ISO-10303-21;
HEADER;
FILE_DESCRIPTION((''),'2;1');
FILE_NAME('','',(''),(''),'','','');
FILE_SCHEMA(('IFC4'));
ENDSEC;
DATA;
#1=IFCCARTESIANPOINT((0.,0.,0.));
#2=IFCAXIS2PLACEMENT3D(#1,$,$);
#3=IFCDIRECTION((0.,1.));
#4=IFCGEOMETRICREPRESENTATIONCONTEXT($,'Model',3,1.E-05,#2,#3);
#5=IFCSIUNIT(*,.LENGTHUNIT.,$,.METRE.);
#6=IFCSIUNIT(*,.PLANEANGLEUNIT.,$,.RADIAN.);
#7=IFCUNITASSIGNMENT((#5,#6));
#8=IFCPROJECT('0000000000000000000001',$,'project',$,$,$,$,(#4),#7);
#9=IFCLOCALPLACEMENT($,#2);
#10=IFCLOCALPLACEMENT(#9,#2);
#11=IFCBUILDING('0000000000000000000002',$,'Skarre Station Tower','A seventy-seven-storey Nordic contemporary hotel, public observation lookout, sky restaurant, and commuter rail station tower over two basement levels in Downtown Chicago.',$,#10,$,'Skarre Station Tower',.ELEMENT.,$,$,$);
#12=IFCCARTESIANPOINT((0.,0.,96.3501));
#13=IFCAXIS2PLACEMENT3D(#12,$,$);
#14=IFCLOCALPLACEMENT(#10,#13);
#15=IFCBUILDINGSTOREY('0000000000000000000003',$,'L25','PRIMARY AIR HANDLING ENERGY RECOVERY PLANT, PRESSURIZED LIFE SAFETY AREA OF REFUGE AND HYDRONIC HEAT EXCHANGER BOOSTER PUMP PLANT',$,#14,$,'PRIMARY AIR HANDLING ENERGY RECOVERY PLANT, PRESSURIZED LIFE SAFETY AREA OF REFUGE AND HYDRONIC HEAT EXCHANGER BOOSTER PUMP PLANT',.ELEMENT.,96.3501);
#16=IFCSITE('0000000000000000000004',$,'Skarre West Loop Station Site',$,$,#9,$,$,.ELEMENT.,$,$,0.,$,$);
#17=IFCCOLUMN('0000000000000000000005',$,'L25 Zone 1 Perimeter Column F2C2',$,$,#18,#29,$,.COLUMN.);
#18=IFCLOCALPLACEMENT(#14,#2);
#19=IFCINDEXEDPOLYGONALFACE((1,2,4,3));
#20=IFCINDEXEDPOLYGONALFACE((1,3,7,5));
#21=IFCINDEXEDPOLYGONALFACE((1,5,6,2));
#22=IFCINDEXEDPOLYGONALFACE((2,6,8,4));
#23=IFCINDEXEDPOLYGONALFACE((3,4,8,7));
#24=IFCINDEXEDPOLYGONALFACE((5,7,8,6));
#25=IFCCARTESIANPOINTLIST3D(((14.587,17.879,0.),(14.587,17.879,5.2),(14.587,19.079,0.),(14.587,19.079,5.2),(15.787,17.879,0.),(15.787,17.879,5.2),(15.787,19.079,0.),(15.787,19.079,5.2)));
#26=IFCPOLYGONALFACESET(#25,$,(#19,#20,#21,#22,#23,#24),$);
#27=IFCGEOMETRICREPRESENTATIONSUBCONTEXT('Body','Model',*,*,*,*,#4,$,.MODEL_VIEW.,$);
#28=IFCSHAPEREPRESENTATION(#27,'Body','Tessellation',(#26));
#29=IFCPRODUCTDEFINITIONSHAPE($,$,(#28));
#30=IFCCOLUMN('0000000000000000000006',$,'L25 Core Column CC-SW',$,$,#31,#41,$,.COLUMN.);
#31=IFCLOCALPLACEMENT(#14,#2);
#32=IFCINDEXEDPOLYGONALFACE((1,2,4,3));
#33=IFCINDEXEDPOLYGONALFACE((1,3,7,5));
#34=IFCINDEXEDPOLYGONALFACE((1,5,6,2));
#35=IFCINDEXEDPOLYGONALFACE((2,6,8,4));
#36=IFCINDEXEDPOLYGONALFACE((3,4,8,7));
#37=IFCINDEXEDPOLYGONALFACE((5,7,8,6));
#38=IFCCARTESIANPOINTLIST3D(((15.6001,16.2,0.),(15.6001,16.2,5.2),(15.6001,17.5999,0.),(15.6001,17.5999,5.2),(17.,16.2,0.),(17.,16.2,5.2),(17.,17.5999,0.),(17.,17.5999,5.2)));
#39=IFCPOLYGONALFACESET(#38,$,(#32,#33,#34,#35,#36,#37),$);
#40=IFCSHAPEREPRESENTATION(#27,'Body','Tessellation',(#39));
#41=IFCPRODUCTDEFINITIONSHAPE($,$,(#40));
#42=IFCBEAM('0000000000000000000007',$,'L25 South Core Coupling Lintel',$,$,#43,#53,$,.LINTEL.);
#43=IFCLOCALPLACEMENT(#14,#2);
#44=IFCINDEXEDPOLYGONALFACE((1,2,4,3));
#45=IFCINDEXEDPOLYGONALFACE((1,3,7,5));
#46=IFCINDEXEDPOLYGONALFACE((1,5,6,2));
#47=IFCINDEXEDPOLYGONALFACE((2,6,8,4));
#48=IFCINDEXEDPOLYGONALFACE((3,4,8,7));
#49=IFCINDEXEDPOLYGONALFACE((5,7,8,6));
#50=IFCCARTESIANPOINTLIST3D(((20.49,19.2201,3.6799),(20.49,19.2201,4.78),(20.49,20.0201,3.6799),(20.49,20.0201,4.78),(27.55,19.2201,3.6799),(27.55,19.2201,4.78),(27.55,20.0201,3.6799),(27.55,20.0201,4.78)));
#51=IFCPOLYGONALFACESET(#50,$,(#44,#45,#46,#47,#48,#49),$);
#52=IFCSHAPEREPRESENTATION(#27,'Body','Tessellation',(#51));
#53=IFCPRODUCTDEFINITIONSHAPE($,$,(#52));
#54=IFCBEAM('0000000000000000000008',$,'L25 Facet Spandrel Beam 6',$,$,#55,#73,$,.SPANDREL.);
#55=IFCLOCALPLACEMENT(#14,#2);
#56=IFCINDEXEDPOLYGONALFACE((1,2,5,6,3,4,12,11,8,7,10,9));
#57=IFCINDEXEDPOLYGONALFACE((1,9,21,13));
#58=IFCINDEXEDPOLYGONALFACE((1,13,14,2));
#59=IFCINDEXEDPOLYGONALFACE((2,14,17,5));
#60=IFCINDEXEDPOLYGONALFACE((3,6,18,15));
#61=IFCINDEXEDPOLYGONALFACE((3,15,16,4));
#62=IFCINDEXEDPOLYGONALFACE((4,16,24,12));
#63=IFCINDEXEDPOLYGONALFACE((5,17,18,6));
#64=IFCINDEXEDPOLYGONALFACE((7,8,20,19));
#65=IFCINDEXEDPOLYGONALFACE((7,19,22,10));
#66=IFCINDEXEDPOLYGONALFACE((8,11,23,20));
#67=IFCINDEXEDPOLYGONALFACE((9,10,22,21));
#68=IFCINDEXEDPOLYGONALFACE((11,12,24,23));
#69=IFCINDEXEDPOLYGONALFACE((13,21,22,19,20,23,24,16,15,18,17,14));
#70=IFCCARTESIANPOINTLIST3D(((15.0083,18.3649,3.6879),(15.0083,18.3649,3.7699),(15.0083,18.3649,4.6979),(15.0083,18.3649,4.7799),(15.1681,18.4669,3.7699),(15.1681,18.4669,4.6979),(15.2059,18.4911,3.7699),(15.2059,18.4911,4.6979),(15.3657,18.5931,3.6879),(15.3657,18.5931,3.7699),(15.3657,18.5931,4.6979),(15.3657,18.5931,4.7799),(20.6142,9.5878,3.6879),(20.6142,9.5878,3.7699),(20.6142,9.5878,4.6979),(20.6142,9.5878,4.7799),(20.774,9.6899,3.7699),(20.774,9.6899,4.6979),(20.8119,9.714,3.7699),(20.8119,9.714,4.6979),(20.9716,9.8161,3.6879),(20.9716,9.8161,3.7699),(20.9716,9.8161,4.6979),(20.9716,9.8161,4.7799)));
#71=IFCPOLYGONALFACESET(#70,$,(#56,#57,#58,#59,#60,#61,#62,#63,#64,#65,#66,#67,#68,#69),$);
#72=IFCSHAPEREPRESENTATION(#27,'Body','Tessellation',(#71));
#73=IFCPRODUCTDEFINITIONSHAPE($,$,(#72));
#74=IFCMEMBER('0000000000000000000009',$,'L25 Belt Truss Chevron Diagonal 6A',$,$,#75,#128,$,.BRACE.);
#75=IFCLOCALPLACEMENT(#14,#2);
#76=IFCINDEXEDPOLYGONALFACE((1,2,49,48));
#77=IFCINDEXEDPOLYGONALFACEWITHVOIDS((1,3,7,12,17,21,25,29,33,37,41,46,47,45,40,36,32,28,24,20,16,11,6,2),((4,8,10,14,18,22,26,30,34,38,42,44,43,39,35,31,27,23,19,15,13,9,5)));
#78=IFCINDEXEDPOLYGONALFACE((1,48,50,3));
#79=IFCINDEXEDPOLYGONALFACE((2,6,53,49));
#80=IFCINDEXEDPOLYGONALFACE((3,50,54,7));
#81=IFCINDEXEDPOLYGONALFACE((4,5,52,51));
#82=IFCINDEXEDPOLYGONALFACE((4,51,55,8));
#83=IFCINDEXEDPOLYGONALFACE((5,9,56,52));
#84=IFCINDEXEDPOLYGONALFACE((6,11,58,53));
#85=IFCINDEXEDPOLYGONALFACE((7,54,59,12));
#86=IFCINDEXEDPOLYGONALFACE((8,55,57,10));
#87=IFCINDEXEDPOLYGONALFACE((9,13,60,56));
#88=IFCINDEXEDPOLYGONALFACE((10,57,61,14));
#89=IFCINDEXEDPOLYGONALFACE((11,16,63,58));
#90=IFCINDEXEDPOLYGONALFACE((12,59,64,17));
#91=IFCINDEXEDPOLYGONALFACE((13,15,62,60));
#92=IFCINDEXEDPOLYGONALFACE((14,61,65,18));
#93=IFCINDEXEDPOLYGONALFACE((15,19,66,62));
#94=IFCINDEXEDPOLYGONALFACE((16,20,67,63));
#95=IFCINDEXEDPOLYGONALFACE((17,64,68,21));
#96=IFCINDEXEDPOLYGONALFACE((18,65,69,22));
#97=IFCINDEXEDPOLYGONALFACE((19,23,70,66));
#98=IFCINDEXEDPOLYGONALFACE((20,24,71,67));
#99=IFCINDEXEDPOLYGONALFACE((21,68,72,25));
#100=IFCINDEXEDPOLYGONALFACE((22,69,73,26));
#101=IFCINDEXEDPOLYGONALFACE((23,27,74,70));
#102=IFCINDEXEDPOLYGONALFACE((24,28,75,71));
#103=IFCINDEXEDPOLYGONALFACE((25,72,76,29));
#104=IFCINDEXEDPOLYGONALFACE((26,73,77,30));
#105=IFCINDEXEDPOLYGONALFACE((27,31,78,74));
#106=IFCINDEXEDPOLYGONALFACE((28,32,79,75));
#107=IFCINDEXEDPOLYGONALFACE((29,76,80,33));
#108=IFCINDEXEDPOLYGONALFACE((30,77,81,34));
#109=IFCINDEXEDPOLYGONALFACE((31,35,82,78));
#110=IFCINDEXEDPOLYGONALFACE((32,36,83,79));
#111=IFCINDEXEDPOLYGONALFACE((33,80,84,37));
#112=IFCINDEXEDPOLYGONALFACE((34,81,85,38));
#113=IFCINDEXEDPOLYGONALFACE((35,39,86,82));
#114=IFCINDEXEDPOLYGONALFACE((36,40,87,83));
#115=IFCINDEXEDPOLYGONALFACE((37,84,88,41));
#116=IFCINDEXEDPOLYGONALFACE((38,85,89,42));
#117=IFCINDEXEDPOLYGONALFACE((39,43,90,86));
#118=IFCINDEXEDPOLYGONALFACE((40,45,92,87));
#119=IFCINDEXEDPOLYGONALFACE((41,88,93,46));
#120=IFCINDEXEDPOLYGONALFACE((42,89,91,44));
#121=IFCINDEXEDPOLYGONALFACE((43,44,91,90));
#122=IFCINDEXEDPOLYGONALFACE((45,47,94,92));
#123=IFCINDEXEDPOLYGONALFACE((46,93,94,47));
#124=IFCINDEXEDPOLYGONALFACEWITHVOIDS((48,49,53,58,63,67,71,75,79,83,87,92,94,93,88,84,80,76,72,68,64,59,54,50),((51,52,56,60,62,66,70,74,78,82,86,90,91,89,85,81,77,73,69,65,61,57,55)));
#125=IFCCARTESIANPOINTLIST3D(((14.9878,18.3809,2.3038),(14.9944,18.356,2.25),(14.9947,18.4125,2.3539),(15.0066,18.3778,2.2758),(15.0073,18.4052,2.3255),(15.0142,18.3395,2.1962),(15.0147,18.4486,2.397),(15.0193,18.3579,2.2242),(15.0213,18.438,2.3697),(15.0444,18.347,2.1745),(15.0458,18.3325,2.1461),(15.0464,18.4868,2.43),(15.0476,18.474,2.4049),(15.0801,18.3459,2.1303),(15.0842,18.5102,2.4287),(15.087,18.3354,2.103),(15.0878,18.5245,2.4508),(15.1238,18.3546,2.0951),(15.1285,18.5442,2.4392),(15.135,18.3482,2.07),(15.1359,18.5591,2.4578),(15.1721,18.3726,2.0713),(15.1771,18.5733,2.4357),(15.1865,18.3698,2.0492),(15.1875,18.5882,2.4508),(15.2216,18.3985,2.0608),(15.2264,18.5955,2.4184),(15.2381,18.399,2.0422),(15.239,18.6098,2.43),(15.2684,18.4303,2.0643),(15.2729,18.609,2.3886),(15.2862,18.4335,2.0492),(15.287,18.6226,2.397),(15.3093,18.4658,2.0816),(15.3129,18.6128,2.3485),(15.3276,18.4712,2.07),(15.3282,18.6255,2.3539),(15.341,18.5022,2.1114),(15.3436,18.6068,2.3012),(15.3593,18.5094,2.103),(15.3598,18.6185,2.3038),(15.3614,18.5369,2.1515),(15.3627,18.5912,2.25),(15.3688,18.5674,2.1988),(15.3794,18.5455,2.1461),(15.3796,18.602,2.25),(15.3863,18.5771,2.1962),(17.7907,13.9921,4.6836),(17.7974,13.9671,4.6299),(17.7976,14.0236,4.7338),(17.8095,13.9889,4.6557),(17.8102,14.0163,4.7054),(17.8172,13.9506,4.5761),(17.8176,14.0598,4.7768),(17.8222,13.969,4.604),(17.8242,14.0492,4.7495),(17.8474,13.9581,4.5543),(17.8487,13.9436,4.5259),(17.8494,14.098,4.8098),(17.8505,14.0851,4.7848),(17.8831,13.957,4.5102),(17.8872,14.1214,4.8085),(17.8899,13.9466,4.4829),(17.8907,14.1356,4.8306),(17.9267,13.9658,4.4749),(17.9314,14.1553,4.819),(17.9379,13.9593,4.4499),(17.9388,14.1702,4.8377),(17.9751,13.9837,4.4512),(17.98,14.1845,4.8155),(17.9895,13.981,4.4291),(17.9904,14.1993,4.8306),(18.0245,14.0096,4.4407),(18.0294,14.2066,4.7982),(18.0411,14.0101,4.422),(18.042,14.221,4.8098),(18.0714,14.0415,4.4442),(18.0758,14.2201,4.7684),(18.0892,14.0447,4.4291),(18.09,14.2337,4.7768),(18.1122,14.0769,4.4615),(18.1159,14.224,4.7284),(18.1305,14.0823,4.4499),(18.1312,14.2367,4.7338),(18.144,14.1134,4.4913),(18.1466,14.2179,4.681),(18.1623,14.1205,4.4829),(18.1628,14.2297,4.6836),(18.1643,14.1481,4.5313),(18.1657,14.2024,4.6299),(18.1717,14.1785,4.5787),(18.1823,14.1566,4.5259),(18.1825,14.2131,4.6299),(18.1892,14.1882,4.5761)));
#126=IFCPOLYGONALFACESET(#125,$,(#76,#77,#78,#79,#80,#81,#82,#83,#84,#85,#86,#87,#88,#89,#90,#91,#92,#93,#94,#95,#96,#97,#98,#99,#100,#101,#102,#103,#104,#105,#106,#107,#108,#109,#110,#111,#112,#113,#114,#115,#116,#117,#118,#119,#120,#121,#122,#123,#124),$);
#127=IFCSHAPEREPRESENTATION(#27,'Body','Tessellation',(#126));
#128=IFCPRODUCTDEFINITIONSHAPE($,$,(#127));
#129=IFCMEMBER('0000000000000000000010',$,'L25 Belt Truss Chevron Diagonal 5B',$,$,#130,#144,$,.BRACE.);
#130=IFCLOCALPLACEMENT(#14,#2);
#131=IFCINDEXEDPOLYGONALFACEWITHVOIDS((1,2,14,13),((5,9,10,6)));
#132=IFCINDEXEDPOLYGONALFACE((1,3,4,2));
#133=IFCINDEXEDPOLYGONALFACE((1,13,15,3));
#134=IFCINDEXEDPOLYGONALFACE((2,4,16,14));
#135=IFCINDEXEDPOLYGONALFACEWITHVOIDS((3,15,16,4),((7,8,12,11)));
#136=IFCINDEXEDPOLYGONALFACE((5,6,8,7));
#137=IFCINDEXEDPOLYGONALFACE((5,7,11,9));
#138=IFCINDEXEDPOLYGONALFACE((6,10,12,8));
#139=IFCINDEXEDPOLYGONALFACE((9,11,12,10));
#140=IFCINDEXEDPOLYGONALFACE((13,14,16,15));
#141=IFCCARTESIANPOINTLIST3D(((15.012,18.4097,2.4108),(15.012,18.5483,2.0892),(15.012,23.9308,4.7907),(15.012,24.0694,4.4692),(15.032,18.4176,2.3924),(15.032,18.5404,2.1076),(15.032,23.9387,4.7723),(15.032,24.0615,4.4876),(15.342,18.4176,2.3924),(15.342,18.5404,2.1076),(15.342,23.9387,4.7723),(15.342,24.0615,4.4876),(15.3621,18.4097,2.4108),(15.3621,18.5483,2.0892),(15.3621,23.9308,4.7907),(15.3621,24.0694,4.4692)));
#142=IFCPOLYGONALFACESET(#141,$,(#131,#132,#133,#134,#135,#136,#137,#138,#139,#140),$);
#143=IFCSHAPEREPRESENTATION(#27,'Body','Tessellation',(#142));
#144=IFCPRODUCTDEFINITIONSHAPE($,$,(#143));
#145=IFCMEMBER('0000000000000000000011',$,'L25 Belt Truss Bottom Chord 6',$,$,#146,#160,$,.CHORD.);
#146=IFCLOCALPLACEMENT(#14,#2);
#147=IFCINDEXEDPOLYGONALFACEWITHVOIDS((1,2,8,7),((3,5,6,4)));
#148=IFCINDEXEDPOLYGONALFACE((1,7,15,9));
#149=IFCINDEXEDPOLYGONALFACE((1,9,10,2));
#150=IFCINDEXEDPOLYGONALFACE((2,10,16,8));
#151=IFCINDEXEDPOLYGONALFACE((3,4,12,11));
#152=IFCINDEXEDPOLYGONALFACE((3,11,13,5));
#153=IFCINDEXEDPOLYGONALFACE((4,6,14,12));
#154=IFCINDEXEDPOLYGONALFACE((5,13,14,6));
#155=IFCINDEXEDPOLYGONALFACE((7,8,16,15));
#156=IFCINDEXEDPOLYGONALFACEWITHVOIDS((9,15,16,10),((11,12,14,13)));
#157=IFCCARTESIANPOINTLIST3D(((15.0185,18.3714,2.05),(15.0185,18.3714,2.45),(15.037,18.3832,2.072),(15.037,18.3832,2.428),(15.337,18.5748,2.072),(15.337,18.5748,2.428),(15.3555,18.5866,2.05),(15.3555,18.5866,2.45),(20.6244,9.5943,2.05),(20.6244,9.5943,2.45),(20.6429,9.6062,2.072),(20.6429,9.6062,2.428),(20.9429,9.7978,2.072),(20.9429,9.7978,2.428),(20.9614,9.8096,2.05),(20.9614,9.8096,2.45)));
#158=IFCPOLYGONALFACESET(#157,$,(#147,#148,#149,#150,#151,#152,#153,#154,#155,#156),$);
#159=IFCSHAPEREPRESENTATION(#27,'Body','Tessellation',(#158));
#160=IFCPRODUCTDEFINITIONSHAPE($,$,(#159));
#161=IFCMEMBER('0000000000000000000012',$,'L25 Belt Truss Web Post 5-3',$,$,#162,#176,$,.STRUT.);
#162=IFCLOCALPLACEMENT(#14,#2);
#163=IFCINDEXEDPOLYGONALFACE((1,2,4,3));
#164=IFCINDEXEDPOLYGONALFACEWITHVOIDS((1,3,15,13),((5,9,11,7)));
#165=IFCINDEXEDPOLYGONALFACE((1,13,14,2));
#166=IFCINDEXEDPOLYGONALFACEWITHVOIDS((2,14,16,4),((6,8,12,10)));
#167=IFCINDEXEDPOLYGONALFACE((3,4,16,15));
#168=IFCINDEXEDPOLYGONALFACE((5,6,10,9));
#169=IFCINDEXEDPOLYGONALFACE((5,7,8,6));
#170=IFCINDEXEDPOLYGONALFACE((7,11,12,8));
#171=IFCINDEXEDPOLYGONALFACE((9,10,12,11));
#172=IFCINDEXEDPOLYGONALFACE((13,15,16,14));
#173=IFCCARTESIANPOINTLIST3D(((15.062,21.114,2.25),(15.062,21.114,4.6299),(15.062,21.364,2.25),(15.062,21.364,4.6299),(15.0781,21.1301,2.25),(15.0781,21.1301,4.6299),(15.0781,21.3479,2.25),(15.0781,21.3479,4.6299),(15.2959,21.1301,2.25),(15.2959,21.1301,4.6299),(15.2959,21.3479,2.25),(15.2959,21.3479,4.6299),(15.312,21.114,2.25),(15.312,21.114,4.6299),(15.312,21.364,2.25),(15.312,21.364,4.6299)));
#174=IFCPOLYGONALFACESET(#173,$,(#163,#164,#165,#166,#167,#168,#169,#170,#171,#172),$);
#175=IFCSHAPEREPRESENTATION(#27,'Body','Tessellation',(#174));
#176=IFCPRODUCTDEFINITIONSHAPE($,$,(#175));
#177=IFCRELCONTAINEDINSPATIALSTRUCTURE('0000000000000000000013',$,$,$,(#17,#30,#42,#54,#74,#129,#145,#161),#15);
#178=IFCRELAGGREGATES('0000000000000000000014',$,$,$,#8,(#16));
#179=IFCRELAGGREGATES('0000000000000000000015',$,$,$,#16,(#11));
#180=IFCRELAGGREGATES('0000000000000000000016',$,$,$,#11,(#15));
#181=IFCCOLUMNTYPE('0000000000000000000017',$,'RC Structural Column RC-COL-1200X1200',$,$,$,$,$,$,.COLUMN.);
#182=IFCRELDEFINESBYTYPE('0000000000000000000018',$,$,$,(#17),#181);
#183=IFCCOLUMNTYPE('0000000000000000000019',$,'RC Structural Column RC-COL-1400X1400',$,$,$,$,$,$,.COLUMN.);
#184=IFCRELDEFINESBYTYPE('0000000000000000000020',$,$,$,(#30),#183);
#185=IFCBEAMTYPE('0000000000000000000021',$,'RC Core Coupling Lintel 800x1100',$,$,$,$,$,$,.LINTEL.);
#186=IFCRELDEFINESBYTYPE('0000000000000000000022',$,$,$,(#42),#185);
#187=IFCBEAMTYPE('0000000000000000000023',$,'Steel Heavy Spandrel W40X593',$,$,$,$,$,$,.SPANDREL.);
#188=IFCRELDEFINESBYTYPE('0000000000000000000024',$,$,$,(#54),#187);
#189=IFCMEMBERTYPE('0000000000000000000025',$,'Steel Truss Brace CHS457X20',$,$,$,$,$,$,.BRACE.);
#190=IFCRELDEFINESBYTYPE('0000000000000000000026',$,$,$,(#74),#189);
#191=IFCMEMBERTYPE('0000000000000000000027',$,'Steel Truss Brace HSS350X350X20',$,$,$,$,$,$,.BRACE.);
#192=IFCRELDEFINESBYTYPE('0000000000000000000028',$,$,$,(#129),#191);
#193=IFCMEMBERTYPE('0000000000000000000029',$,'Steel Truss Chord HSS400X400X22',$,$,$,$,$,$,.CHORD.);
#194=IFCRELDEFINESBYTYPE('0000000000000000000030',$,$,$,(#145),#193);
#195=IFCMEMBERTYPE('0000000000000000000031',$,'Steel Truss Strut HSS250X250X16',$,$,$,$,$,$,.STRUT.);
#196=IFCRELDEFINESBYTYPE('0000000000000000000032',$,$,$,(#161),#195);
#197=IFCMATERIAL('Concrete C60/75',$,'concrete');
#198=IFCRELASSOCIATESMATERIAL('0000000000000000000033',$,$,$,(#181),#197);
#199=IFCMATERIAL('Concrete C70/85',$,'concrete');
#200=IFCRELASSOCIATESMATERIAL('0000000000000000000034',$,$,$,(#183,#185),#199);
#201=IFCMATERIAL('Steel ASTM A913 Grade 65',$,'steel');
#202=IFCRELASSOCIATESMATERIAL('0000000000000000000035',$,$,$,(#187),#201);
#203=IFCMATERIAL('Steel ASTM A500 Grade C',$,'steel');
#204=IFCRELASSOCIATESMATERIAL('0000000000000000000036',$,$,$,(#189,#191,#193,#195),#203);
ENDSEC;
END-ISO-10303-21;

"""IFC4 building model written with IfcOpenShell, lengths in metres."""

from ifc_helpers import new_model, si_unit, direction, frame, origin, origin_2d, place, context, subcontext, project, spatial, rectangle, hollow_rectangle, hollow_circle, i_section, extrude, material, material_profile, profile_set, type_object, element, save


model = new_model("IFC4")

# Units and contexts
model_context = context("Model", 3, precision=1e-05, world=origin(), true_north=direction((0.0, 1.0)))
body_context = subcontext(model_context, "Body", "Model", "MODEL_VIEW")
ifc_project = project(units=[si_unit("LENGTHUNIT", "METRE"), si_unit("PLANEANGLEUNIT", "RADIAN")], contexts=[model_context])

# Site, building, storey
site_placement = place(None, origin())
site = spatial("IfcSite", under=ifc_project, at=site_placement, Name="Skarre West Loop Station Site", CompositionType="ELEMENT", RefElevation=0.0)
building_placement = place(site_placement, origin())
building = spatial("IfcBuilding", under=site, at=building_placement, Name="Skarre Station Tower", Description="A seventy-seven-storey Nordic contemporary hotel, public observation lookout, sky restaurant, and commuter rail station tower over two basement levels in Downtown Chicago.", LongName="Skarre Station Tower", CompositionType="ELEMENT")
storey_placement = place(building_placement, frame((0.0, 0.0, 96.3501)))
storey = spatial("IfcBuildingStorey", under=building, at=storey_placement, Name="L25", Description="PRIMARY AIR HANDLING ENERGY RECOVERY PLANT, PRESSURIZED LIFE SAFETY AREA OF REFUGE AND HYDRONIC HEAT EXCHANGER BOOSTER PUMP PLANT", LongName="PRIMARY AIR HANDLING ENERGY RECOVERY PLANT, PRESSURIZED LIFE SAFETY AREA OF REFUGE AND HYDRONIC HEAT EXCHANGER BOOSTER PUMP PLANT", CompositionType="ELEMENT", Elevation=96.3501)

# Columns
ifc_material_1 = material(Name="Concrete C60/75", Category="concrete")
ifc_material_profile_1 = material_profile(ifc_material_1, rectangle(XDim=1.2, YDim=1.2, at=origin_2d()), Name="Concrete C60/75")
ifc_profile_set_1 = profile_set([ifc_material_profile_1], Name="Concrete C60/75")
column_type_1 = type_object("IfcColumnType", Name="RC Structural Column RC-COL-1200X1200", PredefinedType="COLUMN", material=ifc_profile_set_1)
column_1_placement = place(storey_placement, frame((15.187, 18.479, 0.0), z_axis=(0.0, 0.0, 1.0), x_axis=(1.0, 0.0, 0.0)))
element("IfcColumn", 1, at=column_1_placement, inside=storey, type_object=column_type_1, Name="L25 Zone 1 Perimeter Column F2C2", PredefinedType="COLUMN", context=body_context, shape_type="SweptSolid", body=[
    extrude(rectangle(XDim=1.2, YDim=1.2, at=origin_2d()), origin(), (0.0, 0.0, 1.0), 5.2),
])
ifc_material_2 = material(Name="Concrete C70/85", Category="concrete")
ifc_material_profile_2 = material_profile(ifc_material_2, rectangle(XDim=1.3999, YDim=1.3999, at=origin_2d()), Name="Concrete C70/85")
ifc_profile_set_2 = profile_set([ifc_material_profile_2], Name="Concrete C70/85")
column_type_2 = type_object("IfcColumnType", Name="RC Structural Column RC-COL-1400X1400", PredefinedType="COLUMN", material=ifc_profile_set_2)
column_2_placement = place(storey_placement, frame((16.3, 16.8999, 0.0), z_axis=(0.0, 0.0, 1.0), x_axis=(1.0, 0.0, 0.0)))
element("IfcColumn", 2, at=column_2_placement, inside=storey, type_object=column_type_2, Name="L25 Core Column CC-SW", PredefinedType="COLUMN", context=body_context, shape_type="SweptSolid", body=[
    extrude(rectangle(XDim=1.3999, YDim=1.3999, at=origin_2d()), origin(), (0.0, 0.0, 1.0), 5.2),
])

# Beams
ifc_material_profile_3 = material_profile(ifc_material_2, rectangle(XDim=0.8, YDim=1.1001, at=origin_2d()), Name="Concrete C70/85")
ifc_profile_set_3 = profile_set([ifc_material_profile_3], Name="Concrete C70/85")
beam_type_1 = type_object("IfcBeamType", Name="RC Core Coupling Lintel 800x1100", PredefinedType="LINTEL", material=ifc_profile_set_3)
beam_1_placement = place(storey_placement, frame((20.49, 19.6201, 4.23), z_axis=(1.0, 0.0, 0.0), x_axis=(0.0, 1.0, 0.0)))
element("IfcBeam", 3, at=beam_1_placement, inside=storey, type_object=beam_type_1, Name="L25 South Core Coupling Lintel", PredefinedType="LINTEL", context=body_context, shape_type="SweptSolid", body=[
    extrude(rectangle(XDim=0.8, YDim=1.1001, at=origin_2d()), origin(), (0.0, 0.0, 1.0), 7.0601),
])
ifc_material_3 = material(Name="Steel ASTM A913 Grade 65", Category="steel")
ifc_material_profile_4 = material_profile(ifc_material_3, i_section(OverallWidth=0.4241, OverallDepth=1.092, WebThickness=0.0449, FlangeThickness=0.082, at=origin_2d()), Name="Steel ASTM A913 Grade 65")
ifc_profile_set_4 = profile_set([ifc_material_profile_4], Name="Steel ASTM A913 Grade 65")
beam_type_2 = type_object("IfcBeamType", Name="Steel Heavy Spandrel W40X593", PredefinedType="SPANDREL", material=ifc_profile_set_4)
beam_2_placement = place(storey_placement, frame((15.187, 18.479, 4.2339), z_axis=(0.538278, -0.842767, 0.0), x_axis=(0.842767, 0.538278, 0.0)))
element("IfcBeam", 4, at=beam_2_placement, inside=storey, type_object=beam_type_2, Name="L25 Facet Spandrel Beam 6", PredefinedType="SPANDREL", context=body_context, shape_type="SweptSolid", body=[
    extrude(i_section(OverallWidth=0.4241, OverallDepth=1.092, WebThickness=0.0449, FlangeThickness=0.082, at=origin_2d()), origin(), (0.0, 0.0, 1.0), 10.4146),
])

# Members
ifc_material_4 = material(Name="Steel ASTM A500 Grade C", Category="steel")
ifc_material_profile_5 = material_profile(ifc_material_4, hollow_circle(Radius=0.2285, WallThickness=0.02, at=origin_2d()), Name="Steel ASTM A500 Grade C")
ifc_profile_set_5 = profile_set([ifc_material_profile_5], Name="Steel ASTM A500 Grade C")
member_type_1 = type_object("IfcMemberType", Name="Steel Truss Brace CHS457X20", PredefinedType="BRACE", material=ifc_profile_set_5)
member_1_placement = place(storey_placement, frame((15.187, 18.479, 2.25), z_axis=(0.489547, -0.766535, 0.415653), x_axis=(0.842788, 0.538246, 0.0)))
element("IfcMember", 5, at=member_1_placement, inside=storey, type_object=member_type_1, Name="L25 Belt Truss Chevron Diagonal 6A", PredefinedType="BRACE", context=body_context, shape_type="SweptSolid", body=[
    extrude(hollow_circle(Radius=0.2285, WallThickness=0.02, at=origin_2d()), origin(), (0.0, 0.0, 1.0), 5.7256),
])
ifc_material_profile_6 = material_profile(ifc_material_4, hollow_rectangle(XDim=0.3501, YDim=0.3501, WallThickness=0.02, at=origin_2d()), Name="Steel ASTM A500 Grade C")
ifc_profile_set_6 = profile_set([ifc_material_profile_6], Name="Steel ASTM A500 Grade C")
member_type_2 = type_object("IfcMemberType", Name="Steel Truss Brace HSS350X350X20", PredefinedType="BRACE", material=ifc_profile_set_6)
member_2_placement = place(storey_placement, frame((15.187, 18.479, 2.25), z_axis=(0.0, 0.918315, 0.395849), x_axis=(-1.0, 0.0, 0.0)))
element("IfcMember", 6, at=member_2_placement, inside=storey, type_object=member_type_2, Name="L25 Belt Truss Chevron Diagonal 5B", PredefinedType="BRACE", context=body_context, shape_type="SweptSolid", body=[
    extrude(hollow_rectangle(XDim=0.3501, YDim=0.3501, WallThickness=0.02, at=origin_2d()), origin(), (0.0, 0.0, 1.0), 6.0122),
])
ifc_material_profile_7 = material_profile(ifc_material_4, hollow_rectangle(XDim=0.3999, YDim=0.3999, WallThickness=0.022, at=origin_2d()), Name="Steel ASTM A500 Grade C")
ifc_profile_set_7 = profile_set([ifc_material_profile_7], Name="Steel ASTM A500 Grade C")
member_type_3 = type_object("IfcMemberType", Name="Steel Truss Chord HSS400X400X22", PredefinedType="CHORD", material=ifc_profile_set_7)
member_3_placement = place(storey_placement, frame((15.187, 18.479, 2.25), z_axis=(0.538278, -0.842767, 0.0), x_axis=(0.842767, 0.538278, 0.0)))
element("IfcMember", 7, at=member_3_placement, inside=storey, type_object=member_type_3, Name="L25 Belt Truss Bottom Chord 6", PredefinedType="CHORD", context=body_context, shape_type="SweptSolid", body=[
    extrude(hollow_rectangle(XDim=0.3999, YDim=0.3999, WallThickness=0.022, at=origin_2d()), origin(), (0.0, 0.0, 1.0), 10.4146),
])
ifc_material_profile_8 = material_profile(ifc_material_4, hollow_rectangle(XDim=0.25, YDim=0.25, WallThickness=0.0161, at=origin_2d()), Name="Steel ASTM A500 Grade C")
ifc_profile_set_8 = profile_set([ifc_material_profile_8], Name="Steel ASTM A500 Grade C")
member_type_4 = type_object("IfcMemberType", Name="Steel Truss Strut HSS250X250X16", PredefinedType="STRUT", material=ifc_profile_set_8)
member_4_placement = place(storey_placement, frame((15.187, 21.239, 2.25), z_axis=(0.0, 0.0, 1.0), x_axis=(1.0, 0.0, 0.0)))
element("IfcMember", 8, at=member_4_placement, inside=storey, type_object=member_type_4, Name="L25 Belt Truss Web Post 5-3", PredefinedType="STRUT", context=body_context, shape_type="SweptSolid", body=[
    extrude(hollow_rectangle(XDim=0.25, YDim=0.25, WallThickness=0.0161, at=origin_2d()), origin(), (0.0, 0.0, 1.0), 2.3799),
])

save(model, "model.ifc")
